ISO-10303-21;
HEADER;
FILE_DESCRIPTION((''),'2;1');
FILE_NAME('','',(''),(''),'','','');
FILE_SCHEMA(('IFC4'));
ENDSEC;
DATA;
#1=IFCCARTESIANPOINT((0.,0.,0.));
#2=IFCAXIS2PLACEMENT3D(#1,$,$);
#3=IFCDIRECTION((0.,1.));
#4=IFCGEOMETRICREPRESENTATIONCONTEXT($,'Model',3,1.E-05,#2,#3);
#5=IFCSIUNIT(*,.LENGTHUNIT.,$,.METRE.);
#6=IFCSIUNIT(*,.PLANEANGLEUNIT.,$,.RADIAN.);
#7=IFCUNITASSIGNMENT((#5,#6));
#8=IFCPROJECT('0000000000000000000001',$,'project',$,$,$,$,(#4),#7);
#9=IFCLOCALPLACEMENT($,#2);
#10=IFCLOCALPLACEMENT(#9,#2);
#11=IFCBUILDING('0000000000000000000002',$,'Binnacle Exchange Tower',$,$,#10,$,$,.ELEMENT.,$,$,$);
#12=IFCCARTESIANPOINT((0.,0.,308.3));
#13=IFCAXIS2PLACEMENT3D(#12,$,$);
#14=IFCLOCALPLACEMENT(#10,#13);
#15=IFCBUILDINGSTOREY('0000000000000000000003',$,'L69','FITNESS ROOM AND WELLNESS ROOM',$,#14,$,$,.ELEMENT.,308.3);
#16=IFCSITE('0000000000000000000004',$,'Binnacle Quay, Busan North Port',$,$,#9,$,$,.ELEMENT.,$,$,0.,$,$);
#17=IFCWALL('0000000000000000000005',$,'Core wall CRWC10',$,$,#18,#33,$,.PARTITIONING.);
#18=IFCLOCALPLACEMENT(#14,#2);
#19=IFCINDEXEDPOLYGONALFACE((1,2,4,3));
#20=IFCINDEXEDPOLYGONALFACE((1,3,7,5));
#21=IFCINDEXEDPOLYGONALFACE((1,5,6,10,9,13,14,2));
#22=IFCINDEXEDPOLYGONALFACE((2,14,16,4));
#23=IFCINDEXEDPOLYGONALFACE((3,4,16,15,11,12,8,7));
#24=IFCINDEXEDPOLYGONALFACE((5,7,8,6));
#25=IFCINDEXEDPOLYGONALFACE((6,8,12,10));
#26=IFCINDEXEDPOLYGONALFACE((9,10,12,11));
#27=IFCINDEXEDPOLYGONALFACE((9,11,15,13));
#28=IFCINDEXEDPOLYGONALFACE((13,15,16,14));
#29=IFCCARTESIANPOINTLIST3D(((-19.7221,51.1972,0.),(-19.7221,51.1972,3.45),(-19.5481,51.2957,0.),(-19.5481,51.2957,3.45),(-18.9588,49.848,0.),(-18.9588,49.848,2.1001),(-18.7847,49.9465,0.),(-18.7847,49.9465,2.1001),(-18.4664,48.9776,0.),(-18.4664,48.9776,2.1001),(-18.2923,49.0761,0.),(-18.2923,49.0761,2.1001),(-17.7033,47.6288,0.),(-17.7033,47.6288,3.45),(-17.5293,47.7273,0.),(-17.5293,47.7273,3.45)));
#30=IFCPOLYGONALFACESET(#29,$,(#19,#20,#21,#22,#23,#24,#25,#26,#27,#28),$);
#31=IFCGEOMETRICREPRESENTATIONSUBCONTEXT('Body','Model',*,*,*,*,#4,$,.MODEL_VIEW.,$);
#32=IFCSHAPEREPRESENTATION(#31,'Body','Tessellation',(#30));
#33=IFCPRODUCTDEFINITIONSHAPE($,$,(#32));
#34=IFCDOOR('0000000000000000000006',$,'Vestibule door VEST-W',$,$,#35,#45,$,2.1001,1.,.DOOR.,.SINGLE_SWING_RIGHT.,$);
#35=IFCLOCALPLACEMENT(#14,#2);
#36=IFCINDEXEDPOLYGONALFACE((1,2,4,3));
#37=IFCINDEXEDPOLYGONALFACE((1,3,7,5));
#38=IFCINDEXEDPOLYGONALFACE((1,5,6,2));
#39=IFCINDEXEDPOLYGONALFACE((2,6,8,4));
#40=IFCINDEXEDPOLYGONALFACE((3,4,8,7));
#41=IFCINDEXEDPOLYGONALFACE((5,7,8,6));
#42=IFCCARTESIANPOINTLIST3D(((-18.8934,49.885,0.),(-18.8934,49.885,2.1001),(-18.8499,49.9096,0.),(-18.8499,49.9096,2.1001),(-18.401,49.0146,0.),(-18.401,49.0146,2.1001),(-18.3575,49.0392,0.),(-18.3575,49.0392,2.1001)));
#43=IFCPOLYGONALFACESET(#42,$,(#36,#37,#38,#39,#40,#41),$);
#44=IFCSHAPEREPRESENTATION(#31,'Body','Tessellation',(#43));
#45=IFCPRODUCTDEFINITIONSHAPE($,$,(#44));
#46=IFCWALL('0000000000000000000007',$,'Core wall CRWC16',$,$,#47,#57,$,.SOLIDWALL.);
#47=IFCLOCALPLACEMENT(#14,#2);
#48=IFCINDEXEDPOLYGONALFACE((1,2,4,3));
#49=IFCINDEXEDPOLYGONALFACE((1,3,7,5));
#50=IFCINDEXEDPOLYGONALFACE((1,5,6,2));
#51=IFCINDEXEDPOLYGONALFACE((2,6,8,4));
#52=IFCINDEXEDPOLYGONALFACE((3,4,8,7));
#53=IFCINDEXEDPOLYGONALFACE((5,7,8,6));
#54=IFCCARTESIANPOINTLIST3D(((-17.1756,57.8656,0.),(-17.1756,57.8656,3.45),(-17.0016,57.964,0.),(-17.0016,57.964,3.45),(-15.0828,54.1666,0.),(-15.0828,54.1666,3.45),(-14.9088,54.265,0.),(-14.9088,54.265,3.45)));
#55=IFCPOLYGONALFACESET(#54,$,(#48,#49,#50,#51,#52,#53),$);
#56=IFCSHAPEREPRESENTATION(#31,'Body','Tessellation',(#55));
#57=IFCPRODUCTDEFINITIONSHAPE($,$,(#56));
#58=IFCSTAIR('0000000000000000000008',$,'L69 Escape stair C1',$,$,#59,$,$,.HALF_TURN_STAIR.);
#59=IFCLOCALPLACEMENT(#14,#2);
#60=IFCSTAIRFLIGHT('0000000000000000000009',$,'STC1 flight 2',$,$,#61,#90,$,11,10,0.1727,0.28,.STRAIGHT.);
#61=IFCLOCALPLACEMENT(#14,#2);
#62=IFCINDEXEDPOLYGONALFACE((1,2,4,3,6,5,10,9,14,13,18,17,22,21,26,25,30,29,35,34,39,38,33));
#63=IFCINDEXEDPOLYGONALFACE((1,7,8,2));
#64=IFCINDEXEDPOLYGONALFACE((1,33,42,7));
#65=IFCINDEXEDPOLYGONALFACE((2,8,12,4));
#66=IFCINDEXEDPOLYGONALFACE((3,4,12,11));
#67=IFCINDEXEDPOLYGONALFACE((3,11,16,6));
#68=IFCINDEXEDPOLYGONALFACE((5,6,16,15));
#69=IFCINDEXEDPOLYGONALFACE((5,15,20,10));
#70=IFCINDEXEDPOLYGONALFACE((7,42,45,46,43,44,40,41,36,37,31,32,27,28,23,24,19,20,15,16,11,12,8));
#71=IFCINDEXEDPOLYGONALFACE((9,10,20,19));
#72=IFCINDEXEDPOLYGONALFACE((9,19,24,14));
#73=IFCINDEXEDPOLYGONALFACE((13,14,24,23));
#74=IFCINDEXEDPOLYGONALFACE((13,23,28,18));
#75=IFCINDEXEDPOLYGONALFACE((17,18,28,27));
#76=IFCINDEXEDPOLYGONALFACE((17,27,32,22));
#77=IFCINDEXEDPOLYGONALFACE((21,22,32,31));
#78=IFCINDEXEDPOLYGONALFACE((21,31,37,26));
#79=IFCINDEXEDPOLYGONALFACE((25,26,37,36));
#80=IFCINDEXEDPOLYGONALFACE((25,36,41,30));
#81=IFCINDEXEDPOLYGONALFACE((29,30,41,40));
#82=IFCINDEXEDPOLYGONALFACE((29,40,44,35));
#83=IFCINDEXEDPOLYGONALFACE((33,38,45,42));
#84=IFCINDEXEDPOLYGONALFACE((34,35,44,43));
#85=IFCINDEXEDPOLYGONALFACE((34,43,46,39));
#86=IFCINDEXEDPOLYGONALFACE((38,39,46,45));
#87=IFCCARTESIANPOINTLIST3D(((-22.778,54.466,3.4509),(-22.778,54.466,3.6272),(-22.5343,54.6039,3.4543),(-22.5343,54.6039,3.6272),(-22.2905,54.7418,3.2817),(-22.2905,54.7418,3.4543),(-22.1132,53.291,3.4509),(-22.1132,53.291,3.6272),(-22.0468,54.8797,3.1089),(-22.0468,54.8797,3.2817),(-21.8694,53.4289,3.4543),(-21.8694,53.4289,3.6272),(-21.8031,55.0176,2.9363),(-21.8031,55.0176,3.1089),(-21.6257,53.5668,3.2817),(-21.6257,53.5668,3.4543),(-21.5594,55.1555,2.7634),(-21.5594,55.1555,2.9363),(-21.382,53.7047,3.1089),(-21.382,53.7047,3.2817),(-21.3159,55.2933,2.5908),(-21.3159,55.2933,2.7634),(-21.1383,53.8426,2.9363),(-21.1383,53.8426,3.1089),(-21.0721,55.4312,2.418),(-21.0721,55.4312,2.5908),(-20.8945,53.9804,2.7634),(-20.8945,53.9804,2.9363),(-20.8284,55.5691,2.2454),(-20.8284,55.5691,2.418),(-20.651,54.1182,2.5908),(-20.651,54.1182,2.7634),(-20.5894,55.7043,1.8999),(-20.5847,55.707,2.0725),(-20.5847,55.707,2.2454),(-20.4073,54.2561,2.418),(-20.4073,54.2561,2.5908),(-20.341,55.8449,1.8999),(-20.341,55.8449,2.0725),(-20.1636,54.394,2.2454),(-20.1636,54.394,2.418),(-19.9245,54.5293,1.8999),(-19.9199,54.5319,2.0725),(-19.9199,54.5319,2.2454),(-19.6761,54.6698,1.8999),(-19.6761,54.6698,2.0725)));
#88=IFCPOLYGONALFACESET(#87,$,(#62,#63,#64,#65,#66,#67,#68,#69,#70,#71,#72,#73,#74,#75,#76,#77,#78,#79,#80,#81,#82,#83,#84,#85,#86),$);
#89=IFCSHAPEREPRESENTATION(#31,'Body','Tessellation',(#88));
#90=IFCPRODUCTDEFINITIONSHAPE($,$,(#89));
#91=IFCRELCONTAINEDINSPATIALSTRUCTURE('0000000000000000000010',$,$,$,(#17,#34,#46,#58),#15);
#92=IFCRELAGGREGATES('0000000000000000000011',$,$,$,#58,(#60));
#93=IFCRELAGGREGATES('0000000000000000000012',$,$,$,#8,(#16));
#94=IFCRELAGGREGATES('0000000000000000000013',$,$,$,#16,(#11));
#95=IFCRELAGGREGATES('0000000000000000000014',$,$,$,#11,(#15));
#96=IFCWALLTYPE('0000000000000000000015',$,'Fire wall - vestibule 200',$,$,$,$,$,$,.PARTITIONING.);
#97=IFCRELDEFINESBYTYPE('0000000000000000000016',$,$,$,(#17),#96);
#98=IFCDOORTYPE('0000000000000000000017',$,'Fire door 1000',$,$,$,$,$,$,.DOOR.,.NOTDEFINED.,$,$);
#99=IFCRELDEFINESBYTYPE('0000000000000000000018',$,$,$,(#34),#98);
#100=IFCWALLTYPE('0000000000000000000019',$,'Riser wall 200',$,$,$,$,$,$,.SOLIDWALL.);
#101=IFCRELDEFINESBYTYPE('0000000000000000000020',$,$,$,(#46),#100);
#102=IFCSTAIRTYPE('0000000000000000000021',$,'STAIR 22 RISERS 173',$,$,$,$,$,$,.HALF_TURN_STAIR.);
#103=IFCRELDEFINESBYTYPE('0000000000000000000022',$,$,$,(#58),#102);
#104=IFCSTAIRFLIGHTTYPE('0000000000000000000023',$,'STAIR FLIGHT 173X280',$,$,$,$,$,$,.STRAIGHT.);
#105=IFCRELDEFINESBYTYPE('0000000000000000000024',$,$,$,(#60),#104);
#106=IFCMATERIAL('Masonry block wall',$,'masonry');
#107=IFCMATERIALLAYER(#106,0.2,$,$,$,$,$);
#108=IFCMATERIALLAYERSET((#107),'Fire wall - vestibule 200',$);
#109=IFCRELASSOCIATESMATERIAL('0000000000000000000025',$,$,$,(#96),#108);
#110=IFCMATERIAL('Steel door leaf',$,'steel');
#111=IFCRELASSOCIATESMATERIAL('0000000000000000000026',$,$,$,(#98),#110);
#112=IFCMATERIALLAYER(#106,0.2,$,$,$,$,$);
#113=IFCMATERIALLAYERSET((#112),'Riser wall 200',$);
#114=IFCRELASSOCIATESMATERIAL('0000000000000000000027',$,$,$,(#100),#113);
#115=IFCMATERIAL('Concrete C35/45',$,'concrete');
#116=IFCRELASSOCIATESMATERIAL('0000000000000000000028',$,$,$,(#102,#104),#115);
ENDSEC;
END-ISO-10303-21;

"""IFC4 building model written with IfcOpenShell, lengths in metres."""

from ifc_helpers import new_model, si_unit, direction, frame, frame_2d, origin, place, context, subcontext, project, spatial, polyline, rectangle, outline, extrude, material, layer, layer_set, type_object, element, fill, aggregate, save


model = new_model("IFC4")

# Units and contexts
model_context = context("Model", 3, precision=1e-05, world=origin(), true_north=direction((0.0, 1.0)))
body_context = subcontext(model_context, "Body", "Model", "MODEL_VIEW")
ifc_project = project(units=[si_unit("LENGTHUNIT", "METRE"), si_unit("PLANEANGLEUNIT", "RADIAN")], contexts=[model_context])

# Site, building, storey
site_placement = place(None, origin())
site = spatial("IfcSite", under=ifc_project, at=site_placement, Name="Binnacle Quay, Busan North Port", CompositionType="ELEMENT", RefElevation=0.0)
building_placement = place(site_placement, origin())
building = spatial("IfcBuilding", under=site, at=building_placement, Name="Binnacle Exchange Tower", CompositionType="ELEMENT")
storey_placement = place(building_placement, frame((0.0, 0.0, 308.3)))
storey = spatial("IfcBuildingStorey", under=building, at=storey_placement, Name="L69", Description="FITNESS ROOM AND WELLNESS ROOM", CompositionType="ELEMENT", Elevation=308.3)

# Shared definitions
ifc_material_1 = material(Name="Steel door leaf", Category="steel")

# Wall, opening, door
ifc_material_2 = material(Name="Masonry block wall", Category="masonry")
ifc_layer_1 = layer(ifc_material_2, 0.2)
ifc_layer_set_1 = layer_set([ifc_layer_1], Name="Fire wall - vestibule 200")
wall_type_1 = type_object("IfcWallType", Name="Fire wall - vestibule 200", PredefinedType="PARTITIONING", material=ifc_layer_set_1)
wall_1_placement = place(storey_placement, frame((-19.635, 51.2463, 0.0), z_axis=(0.0, 0.0, 1.0), x_axis=(0.492408, -0.870364, 0.0)))
wall_1 = element("IfcWall", 1, at=wall_1_placement, inside=storey, type_object=wall_type_1, Name="Core wall CRWC10", PredefinedType="PARTITIONING", context=body_context, shape_type="SweptSolid", body=[
    extrude(rectangle(XDim=4.0999, YDim=0.2, at=frame_2d((2.0498, 0.0))), origin(), (0.0, 0.0, 1.0), 3.45),
])
opening_1_placement = place(wall_1_placement, frame((1.55, 0.0, 0.0)))
opening_1 = element("IfcOpeningElement", 2, at=opening_1_placement, cuts=wall_1, PredefinedType="OPENING", context=body_context, shape_type="SweptSolid", body=[
    extrude(rectangle(XDim=1.0, YDim=2.1001, at=frame_2d((0.5, 1.05))), frame((0.0, 0.1099, 0.0), z_axis=(0.0, -1.0, 0.0), x_axis=(1.0, 0.0, 0.0)), (0.0, 0.0, 1.0), 0.22),
])
door_type_1 = type_object("IfcDoorType", Name="Fire door 1000", OperationType="NOTDEFINED", PredefinedType="DOOR", material=ifc_material_1)
door_1_placement = place(opening_1_placement, frame((1.0, 0.0, 0.0), z_axis=(0.0, 0.0, 1.0), x_axis=(-1.0, 0.0, 0.0)))
door_1 = element("IfcDoor", 3, at=door_1_placement, inside=storey, type_object=door_type_1, Name="Vestibule door VEST-W", OperationType="SINGLE_SWING_RIGHT", OverallHeight=2.1001, OverallWidth=1.0, PredefinedType="DOOR", context=body_context, shape_type="SweptSolid", body=[
    extrude(rectangle(XDim=1.0, YDim=2.1001, at=frame_2d((0.5, 1.05))), frame((0.0, 0.0249, 0.0), z_axis=(0.0, -1.0, 0.0), x_axis=(1.0, 0.0, 0.0)), (0.0, 0.0, 1.0), 0.05),
])
fill(opening_1, door_1)

# Wall
ifc_layer_2 = layer(ifc_material_2, 0.2)
ifc_layer_set_2 = layer_set([ifc_layer_2], Name="Riser wall 200")
wall_type_2 = type_object("IfcWallType", Name="Riser wall 200", PredefinedType="SOLIDWALL", material=ifc_layer_set_2)
wall_2_placement = place(storey_placement, frame((-17.0886, 57.9148, 0.0), z_axis=(0.0, 0.0, 1.0), x_axis=(0.492423, -0.870356, 0.0)))
element("IfcWall", 4, at=wall_2_placement, inside=storey, type_object=wall_type_2, Name="Core wall CRWC16", PredefinedType="SOLIDWALL", context=body_context, shape_type="SweptSolid", body=[
    extrude(rectangle(XDim=4.25, YDim=0.2, at=frame_2d((2.125, 0.0))), origin(), (0.0, 0.0, 1.0), 3.45),
])

# Stair, stair flight
ifc_material_3 = material(Name="Concrete C35/45", Category="concrete")
stair_type = type_object("IfcStairType", Name="STAIR 22 RISERS 173", PredefinedType="HALF_TURN_STAIR", material=ifc_material_3)
stair_placement = place(storey_placement, origin())
stair = element("IfcStair", 5, at=stair_placement, inside=storey, type_object=stair_type, Name="L69 Escape stair C1", PredefinedType="HALF_TURN_STAIR")
stair_flight_type = type_object("IfcStairFlightType", Name="STAIR FLIGHT 173X280", PredefinedType="STRAIGHT", material=ifc_material_3)
stair_flight_placement = place(storey_placement, frame((-20.0085, 55.2573, 1.8999), z_axis=(0.0, 0.0, 1.0), x_axis=(-0.870356, -0.492424, 0.0)))
stair_flight = element("IfcStairFlight", 6, at=stair_flight_placement, type_object=stair_flight_type, Name="STC1 flight 2", NumberOfRisers=11, NumberOfTreads=10, PredefinedType="STRAIGHT", RiserHeight=0.1727, TreadLength=0.28, context=body_context, shape_type="SweptSolid", body=[
    extrude(outline(polyline([(0.0, 0.0), (0.0, 0.1726), (0.28, 0.1726), (0.28, 0.3455), (0.5601, 0.3455), (0.5601, 0.5181), (0.8401, 0.5181), (0.8401, 0.6909), (1.1201, 0.6909), (1.1201, 0.8635), (1.3999, 0.8635), (1.3999, 1.0364), (1.6799, 1.0364), (1.6799, 1.209), (1.96, 1.209), (1.96, 1.3818), (2.24, 1.3818), (2.24, 1.5544), (2.52, 1.5544), (2.52, 1.7273), (2.8, 1.7273), (2.8, 1.8999), (2.8, 1.551), (0.2854, 0.0), (0.0, 0.0)])), frame((0.0, 0.675, 0.0), z_axis=(0.0, -1.0, 0.0), x_axis=(1.0, 0.0, 0.0)), (0.0, 0.0, 1.0), 1.3501),
])
aggregate(stair, [stair_flight])

save(model, "model.ifc")
